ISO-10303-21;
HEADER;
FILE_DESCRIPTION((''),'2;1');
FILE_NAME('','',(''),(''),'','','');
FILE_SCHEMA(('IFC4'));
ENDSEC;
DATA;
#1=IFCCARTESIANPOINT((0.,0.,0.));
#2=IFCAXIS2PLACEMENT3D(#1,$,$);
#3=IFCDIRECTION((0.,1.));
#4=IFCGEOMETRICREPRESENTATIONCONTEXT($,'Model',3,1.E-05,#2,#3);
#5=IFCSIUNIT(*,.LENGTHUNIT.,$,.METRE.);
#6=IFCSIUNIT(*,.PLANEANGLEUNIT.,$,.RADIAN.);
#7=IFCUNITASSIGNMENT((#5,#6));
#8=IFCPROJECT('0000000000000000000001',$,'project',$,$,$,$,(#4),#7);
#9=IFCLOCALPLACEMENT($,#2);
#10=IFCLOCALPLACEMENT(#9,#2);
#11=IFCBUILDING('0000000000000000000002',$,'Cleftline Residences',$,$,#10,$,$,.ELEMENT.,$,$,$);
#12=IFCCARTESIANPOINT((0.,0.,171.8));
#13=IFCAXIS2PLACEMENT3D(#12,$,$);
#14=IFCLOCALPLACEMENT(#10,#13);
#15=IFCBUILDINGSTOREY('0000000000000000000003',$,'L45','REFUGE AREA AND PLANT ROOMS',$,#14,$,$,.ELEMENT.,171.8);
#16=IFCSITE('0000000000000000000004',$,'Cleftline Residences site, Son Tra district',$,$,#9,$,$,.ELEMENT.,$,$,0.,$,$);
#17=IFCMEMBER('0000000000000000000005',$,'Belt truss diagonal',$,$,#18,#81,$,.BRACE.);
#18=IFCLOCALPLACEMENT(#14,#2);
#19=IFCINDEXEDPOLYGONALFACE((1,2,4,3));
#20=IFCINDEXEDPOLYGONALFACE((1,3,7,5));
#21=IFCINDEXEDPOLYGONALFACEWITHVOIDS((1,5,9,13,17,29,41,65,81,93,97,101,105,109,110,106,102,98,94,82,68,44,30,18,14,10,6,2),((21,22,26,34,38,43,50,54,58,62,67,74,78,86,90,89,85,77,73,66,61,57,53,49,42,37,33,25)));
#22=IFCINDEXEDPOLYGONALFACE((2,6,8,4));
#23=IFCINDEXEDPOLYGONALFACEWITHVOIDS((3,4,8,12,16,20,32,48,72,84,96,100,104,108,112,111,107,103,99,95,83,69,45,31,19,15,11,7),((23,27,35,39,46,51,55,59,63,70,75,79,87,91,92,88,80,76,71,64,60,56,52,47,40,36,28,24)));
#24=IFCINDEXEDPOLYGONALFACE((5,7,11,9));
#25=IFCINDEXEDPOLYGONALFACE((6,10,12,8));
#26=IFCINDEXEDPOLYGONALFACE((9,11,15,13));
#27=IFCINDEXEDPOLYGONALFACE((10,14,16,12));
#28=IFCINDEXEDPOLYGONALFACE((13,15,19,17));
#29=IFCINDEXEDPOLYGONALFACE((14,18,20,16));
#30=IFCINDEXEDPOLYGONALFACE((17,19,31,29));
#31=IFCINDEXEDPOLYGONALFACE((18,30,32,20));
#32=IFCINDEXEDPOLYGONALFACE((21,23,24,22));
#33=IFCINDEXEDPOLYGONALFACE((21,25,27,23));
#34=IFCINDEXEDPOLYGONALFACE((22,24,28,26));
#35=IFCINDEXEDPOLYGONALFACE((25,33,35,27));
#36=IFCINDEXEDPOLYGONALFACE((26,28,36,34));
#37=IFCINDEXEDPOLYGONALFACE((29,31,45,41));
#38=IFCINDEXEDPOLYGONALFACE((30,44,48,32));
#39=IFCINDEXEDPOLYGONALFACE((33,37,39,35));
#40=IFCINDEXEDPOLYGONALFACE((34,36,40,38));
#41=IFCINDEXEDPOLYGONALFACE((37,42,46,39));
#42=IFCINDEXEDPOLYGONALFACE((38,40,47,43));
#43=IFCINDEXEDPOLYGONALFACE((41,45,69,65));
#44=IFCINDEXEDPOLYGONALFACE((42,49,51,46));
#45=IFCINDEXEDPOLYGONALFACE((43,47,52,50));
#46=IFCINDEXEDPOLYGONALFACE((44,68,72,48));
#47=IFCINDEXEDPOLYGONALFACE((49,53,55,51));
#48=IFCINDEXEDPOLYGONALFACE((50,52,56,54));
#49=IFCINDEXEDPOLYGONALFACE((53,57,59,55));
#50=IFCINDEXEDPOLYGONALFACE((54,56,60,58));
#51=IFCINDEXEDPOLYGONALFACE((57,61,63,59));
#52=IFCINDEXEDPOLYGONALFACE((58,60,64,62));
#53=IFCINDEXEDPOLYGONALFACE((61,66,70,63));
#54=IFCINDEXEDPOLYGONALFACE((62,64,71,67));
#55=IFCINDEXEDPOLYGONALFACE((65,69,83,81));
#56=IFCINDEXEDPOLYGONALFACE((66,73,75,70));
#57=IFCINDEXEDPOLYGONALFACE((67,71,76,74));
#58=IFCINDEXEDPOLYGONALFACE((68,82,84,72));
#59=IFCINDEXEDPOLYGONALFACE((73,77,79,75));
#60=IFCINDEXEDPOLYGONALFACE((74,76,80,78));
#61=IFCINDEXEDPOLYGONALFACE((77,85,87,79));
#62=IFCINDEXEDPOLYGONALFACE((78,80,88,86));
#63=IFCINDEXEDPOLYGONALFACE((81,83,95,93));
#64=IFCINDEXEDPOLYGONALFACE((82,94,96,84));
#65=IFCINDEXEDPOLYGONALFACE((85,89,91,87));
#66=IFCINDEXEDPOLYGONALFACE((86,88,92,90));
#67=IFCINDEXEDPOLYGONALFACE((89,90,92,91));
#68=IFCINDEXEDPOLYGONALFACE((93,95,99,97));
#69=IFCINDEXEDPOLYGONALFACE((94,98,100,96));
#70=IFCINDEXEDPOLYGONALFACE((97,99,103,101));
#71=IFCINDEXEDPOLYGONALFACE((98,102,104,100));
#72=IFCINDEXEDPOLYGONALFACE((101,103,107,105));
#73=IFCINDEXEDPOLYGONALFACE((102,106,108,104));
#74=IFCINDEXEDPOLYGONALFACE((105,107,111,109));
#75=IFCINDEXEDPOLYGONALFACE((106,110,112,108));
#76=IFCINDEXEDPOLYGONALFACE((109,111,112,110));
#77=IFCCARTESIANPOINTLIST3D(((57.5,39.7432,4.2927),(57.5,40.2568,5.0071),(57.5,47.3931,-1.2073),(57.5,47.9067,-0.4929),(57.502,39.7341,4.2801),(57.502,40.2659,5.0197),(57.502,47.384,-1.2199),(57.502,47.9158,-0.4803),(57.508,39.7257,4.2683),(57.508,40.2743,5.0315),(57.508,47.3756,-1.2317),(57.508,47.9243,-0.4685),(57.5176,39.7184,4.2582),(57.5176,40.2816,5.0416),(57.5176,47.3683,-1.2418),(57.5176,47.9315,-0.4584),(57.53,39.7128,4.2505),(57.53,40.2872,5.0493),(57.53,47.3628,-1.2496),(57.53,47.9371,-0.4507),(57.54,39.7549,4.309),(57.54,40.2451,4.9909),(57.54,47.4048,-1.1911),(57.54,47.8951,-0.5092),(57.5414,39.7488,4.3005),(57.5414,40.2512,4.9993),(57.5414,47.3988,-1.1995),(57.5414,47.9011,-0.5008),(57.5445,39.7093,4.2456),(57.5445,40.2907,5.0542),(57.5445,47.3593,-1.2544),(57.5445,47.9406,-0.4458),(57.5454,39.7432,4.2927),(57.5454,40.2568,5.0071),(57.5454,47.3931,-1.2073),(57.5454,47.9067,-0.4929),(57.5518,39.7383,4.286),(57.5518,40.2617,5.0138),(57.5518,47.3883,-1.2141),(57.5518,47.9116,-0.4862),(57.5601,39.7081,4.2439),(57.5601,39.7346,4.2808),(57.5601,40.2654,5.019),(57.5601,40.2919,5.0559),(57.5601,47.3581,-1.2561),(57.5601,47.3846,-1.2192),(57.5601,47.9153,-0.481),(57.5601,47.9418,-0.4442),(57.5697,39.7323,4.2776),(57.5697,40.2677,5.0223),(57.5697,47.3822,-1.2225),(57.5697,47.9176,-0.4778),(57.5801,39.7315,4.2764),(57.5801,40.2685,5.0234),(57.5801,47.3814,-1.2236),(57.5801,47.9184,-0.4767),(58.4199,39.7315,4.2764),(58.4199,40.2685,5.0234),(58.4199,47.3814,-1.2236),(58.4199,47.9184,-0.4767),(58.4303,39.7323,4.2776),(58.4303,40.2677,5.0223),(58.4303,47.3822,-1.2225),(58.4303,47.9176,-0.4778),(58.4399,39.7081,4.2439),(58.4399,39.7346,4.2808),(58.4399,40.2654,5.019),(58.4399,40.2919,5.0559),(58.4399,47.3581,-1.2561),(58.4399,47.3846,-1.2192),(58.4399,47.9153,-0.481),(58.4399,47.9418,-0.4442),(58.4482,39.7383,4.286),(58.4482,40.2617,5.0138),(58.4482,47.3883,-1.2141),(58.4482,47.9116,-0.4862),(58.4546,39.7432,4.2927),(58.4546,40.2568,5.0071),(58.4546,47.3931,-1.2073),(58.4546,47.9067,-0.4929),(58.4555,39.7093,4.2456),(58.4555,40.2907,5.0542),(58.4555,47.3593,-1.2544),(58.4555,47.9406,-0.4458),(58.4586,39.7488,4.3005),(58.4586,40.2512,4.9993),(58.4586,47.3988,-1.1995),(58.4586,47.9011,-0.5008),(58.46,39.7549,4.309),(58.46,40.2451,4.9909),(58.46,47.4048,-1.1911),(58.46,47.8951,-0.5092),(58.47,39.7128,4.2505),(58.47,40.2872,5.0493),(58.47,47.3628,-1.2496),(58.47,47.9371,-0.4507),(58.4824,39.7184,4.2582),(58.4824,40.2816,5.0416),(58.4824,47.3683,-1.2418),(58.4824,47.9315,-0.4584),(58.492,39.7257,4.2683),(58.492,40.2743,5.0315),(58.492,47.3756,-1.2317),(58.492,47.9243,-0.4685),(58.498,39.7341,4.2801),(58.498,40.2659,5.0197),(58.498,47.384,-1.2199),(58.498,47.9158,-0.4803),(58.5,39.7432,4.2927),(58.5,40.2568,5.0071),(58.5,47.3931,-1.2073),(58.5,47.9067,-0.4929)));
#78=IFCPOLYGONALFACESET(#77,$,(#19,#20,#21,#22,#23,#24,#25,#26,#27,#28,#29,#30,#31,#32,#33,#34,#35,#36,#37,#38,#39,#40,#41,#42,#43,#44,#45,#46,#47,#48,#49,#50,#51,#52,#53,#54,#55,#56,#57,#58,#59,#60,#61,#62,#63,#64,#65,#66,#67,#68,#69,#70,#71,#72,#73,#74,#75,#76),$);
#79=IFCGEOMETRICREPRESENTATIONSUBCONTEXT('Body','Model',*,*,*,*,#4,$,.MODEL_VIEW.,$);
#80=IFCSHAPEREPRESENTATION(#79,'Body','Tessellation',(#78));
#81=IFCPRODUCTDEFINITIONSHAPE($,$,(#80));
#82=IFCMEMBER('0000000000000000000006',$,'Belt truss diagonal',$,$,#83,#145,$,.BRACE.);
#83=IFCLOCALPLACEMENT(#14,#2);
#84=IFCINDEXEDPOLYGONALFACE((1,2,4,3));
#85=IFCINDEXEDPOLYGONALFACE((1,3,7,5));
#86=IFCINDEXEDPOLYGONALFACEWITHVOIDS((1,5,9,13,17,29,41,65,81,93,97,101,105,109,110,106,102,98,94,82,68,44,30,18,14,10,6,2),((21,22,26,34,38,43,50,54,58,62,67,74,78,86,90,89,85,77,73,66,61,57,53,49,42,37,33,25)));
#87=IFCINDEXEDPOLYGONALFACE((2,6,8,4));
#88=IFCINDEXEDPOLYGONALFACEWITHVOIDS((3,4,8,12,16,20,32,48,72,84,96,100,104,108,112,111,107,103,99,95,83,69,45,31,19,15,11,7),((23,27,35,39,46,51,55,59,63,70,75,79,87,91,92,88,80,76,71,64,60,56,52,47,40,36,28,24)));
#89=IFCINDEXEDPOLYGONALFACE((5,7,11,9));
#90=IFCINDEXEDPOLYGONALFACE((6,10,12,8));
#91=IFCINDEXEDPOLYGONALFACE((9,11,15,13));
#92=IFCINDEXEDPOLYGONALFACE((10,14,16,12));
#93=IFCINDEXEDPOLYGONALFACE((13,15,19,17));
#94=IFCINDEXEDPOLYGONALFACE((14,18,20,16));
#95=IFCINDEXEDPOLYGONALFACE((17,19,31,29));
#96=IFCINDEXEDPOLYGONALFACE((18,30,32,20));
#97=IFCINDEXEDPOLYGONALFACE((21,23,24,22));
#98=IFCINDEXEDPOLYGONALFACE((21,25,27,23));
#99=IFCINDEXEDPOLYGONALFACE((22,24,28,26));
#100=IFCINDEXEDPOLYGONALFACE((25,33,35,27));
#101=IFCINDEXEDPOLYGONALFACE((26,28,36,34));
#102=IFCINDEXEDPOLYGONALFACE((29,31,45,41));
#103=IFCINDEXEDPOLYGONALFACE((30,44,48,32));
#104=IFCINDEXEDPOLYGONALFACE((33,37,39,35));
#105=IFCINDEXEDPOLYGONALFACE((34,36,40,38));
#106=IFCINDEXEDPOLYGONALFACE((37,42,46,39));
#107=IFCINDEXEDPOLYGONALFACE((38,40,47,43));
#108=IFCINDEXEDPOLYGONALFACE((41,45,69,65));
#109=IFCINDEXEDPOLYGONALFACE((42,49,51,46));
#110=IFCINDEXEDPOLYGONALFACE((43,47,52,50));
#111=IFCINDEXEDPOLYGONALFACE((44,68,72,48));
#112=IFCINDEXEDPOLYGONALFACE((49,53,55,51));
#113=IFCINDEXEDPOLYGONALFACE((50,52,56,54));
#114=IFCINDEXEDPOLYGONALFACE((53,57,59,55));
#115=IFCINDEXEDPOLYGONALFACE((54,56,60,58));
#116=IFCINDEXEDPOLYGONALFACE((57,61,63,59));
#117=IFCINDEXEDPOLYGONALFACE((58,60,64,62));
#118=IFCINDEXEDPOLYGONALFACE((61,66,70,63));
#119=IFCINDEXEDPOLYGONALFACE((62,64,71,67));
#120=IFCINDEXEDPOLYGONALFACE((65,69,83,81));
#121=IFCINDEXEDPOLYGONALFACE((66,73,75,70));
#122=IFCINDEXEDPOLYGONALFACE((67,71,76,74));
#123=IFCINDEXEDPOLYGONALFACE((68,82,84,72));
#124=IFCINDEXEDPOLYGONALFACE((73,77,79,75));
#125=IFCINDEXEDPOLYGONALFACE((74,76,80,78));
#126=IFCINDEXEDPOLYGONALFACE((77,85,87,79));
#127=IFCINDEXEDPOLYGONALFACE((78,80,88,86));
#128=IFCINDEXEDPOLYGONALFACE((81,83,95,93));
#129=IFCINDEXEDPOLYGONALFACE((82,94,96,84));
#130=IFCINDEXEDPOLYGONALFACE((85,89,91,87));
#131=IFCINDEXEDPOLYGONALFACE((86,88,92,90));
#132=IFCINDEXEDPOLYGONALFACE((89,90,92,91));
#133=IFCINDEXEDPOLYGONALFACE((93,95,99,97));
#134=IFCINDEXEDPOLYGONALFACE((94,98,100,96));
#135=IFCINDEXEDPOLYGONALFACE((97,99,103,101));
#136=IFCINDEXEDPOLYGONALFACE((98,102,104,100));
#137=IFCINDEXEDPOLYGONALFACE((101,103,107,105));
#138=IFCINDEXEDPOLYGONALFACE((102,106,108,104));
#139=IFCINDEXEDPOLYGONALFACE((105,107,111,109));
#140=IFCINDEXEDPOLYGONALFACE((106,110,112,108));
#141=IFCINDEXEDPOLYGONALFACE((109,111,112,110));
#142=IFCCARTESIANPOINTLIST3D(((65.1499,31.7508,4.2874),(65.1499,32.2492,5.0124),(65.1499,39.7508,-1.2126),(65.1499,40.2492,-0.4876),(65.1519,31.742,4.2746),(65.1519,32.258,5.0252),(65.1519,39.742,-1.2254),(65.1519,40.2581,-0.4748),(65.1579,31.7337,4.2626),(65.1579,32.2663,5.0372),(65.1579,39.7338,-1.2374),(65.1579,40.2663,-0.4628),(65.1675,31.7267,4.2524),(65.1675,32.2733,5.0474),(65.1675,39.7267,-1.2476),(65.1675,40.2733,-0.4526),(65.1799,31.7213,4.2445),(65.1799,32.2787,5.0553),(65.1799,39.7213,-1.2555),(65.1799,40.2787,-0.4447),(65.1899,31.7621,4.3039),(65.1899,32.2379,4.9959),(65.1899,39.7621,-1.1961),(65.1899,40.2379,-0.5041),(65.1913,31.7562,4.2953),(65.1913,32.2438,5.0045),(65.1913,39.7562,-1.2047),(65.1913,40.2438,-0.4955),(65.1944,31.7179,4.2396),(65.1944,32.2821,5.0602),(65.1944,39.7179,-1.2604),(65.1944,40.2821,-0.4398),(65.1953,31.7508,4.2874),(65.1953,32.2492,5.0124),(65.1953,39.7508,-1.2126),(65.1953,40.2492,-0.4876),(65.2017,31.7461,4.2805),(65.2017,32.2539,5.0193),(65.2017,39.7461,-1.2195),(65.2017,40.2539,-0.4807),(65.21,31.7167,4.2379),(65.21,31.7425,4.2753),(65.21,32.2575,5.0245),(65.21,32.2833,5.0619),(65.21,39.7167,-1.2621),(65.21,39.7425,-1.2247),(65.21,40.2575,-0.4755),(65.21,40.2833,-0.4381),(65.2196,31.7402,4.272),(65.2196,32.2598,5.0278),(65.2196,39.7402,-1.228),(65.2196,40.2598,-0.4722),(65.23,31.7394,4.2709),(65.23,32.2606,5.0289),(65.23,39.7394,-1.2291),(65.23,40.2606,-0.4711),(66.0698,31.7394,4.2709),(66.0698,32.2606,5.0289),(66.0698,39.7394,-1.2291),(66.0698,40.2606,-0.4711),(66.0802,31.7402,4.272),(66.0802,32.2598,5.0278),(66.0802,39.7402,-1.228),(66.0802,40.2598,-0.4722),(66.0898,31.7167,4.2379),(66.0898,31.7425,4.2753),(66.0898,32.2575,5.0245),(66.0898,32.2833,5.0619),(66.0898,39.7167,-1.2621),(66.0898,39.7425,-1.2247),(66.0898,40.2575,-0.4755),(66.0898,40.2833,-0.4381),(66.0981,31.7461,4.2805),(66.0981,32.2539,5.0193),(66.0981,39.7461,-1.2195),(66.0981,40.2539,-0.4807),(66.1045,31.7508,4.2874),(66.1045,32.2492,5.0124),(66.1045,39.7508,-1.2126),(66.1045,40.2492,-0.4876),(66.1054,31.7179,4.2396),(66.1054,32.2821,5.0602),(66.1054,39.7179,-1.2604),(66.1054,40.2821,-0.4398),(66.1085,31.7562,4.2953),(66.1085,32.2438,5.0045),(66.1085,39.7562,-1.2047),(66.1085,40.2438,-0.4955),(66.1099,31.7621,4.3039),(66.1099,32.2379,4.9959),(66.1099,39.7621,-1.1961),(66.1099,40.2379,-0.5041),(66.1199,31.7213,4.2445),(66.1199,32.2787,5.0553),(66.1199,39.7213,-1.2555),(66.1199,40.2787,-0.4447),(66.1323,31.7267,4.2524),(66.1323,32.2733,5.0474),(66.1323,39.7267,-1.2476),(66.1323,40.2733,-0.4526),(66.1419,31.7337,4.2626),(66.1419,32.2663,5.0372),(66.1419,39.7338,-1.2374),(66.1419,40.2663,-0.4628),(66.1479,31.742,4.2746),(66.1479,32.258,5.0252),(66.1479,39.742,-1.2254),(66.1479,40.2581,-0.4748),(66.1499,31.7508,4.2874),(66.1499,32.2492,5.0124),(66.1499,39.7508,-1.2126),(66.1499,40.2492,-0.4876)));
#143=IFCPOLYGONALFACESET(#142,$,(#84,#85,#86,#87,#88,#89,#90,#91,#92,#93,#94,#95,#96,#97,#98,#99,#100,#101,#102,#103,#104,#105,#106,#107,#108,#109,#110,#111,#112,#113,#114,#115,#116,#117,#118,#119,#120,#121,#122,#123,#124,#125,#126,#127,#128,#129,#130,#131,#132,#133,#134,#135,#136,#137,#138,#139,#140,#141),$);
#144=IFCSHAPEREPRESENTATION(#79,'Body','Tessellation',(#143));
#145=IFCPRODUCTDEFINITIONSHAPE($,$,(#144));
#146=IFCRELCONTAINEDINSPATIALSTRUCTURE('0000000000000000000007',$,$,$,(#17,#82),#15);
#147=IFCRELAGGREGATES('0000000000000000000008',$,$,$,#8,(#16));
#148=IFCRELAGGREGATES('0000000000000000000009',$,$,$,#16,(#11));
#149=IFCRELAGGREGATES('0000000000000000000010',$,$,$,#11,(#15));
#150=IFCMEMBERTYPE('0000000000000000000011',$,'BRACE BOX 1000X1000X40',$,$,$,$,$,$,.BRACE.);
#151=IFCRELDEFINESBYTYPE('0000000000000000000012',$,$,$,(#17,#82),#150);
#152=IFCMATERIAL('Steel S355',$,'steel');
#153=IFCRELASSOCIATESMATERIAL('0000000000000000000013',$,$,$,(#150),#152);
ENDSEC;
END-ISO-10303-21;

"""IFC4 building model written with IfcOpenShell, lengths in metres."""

from ifc_helpers import new_model, si_unit, direction, frame, origin, origin_2d, place, context, subcontext, project, spatial, hollow_rectangle, extrude, material, material_profile, profile_set, type_object, element, save


model = new_model("IFC4")

# Units and contexts
model_context = context("Model", 3, precision=1e-05, world=origin(), true_north=direction((0.0, 1.0)))
body_context = subcontext(model_context, "Body", "Model", "MODEL_VIEW")
ifc_project = project(units=[si_unit("LENGTHUNIT", "METRE"), si_unit("PLANEANGLEUNIT", "RADIAN")], contexts=[model_context])

# Site, building, storey
site_placement = place(None, origin())
site = spatial("IfcSite", under=ifc_project, at=site_placement, Name="Cleftline Residences site, Son Tra district", CompositionType="ELEMENT", RefElevation=0.0)
building_placement = place(site_placement, origin())
building = spatial("IfcBuilding", under=site, at=building_placement, Name="Cleftline Residences", CompositionType="ELEMENT")
storey_placement = place(building_placement, frame((0.0, 0.0, 171.8)))
storey = spatial("IfcBuildingStorey", under=building, at=storey_placement, Name="L45", Description="REFUGE AREA AND PLANT ROOMS", CompositionType="ELEMENT", Elevation=171.8)

# Members
ifc_material_1 = material(Name="Steel S355", Category="steel")
ifc_material_profile_1 = material_profile(ifc_material_1, hollow_rectangle(XDim=1.0, YDim=1.0, WallThickness=0.04, InnerFilletRadius=0.04, OuterFilletRadius=0.0601, at=origin_2d()))
ifc_profile_set_1 = profile_set([ifc_material_profile_1], Name="Steel S355")
member_type_1 = type_object("IfcMemberType", Name="BRACE BOX 1000X1000X40", PredefinedType="BRACE", material=ifc_profile_set_1)
for number, where, z_axis, x_axis, name in (
    (1, (58.0, 40.0, 4.6499), (0.0, 0.811933, -0.58375), (0.0, 0.58375, 0.811933), "Belt truss diagonal"),
):
    element("IfcMember", number, at=place(storey_placement, frame(where, z_axis=z_axis, x_axis=x_axis)), inside=storey, type_object=member_type_1, Name=name, PredefinedType="BRACE", context=body_context, shape_type="SweptSolid", body=[
        extrude(hollow_rectangle(XDim=1.0, YDim=1.0, WallThickness=0.04, InnerFilletRadius=0.04, OuterFilletRadius=0.0601, at=origin_2d()), origin(), (0.0, 0.0, 1.0), 9.4219),
    ])
for number, where, z_axis, x_axis, name in (
    (2, (65.6499, 32.0, 4.6499), (0.0, 0.824042, -0.566529), (0.0, 0.566529, 0.824042), "Belt truss diagonal"),
):
    element("IfcMember", number, at=place(storey_placement, frame(where, z_axis=z_axis, x_axis=x_axis)), inside=storey, type_object=member_type_1, Name=name, PredefinedType="BRACE", context=body_context, shape_type="SweptSolid", body=[
        extrude(hollow_rectangle(XDim=1.0, YDim=1.0, WallThickness=0.04, InnerFilletRadius=0.04, OuterFilletRadius=0.0601, at=origin_2d()), origin(), (0.0, 0.0, 1.0), 9.7083),
    ])

save(model, "model.ifc")
